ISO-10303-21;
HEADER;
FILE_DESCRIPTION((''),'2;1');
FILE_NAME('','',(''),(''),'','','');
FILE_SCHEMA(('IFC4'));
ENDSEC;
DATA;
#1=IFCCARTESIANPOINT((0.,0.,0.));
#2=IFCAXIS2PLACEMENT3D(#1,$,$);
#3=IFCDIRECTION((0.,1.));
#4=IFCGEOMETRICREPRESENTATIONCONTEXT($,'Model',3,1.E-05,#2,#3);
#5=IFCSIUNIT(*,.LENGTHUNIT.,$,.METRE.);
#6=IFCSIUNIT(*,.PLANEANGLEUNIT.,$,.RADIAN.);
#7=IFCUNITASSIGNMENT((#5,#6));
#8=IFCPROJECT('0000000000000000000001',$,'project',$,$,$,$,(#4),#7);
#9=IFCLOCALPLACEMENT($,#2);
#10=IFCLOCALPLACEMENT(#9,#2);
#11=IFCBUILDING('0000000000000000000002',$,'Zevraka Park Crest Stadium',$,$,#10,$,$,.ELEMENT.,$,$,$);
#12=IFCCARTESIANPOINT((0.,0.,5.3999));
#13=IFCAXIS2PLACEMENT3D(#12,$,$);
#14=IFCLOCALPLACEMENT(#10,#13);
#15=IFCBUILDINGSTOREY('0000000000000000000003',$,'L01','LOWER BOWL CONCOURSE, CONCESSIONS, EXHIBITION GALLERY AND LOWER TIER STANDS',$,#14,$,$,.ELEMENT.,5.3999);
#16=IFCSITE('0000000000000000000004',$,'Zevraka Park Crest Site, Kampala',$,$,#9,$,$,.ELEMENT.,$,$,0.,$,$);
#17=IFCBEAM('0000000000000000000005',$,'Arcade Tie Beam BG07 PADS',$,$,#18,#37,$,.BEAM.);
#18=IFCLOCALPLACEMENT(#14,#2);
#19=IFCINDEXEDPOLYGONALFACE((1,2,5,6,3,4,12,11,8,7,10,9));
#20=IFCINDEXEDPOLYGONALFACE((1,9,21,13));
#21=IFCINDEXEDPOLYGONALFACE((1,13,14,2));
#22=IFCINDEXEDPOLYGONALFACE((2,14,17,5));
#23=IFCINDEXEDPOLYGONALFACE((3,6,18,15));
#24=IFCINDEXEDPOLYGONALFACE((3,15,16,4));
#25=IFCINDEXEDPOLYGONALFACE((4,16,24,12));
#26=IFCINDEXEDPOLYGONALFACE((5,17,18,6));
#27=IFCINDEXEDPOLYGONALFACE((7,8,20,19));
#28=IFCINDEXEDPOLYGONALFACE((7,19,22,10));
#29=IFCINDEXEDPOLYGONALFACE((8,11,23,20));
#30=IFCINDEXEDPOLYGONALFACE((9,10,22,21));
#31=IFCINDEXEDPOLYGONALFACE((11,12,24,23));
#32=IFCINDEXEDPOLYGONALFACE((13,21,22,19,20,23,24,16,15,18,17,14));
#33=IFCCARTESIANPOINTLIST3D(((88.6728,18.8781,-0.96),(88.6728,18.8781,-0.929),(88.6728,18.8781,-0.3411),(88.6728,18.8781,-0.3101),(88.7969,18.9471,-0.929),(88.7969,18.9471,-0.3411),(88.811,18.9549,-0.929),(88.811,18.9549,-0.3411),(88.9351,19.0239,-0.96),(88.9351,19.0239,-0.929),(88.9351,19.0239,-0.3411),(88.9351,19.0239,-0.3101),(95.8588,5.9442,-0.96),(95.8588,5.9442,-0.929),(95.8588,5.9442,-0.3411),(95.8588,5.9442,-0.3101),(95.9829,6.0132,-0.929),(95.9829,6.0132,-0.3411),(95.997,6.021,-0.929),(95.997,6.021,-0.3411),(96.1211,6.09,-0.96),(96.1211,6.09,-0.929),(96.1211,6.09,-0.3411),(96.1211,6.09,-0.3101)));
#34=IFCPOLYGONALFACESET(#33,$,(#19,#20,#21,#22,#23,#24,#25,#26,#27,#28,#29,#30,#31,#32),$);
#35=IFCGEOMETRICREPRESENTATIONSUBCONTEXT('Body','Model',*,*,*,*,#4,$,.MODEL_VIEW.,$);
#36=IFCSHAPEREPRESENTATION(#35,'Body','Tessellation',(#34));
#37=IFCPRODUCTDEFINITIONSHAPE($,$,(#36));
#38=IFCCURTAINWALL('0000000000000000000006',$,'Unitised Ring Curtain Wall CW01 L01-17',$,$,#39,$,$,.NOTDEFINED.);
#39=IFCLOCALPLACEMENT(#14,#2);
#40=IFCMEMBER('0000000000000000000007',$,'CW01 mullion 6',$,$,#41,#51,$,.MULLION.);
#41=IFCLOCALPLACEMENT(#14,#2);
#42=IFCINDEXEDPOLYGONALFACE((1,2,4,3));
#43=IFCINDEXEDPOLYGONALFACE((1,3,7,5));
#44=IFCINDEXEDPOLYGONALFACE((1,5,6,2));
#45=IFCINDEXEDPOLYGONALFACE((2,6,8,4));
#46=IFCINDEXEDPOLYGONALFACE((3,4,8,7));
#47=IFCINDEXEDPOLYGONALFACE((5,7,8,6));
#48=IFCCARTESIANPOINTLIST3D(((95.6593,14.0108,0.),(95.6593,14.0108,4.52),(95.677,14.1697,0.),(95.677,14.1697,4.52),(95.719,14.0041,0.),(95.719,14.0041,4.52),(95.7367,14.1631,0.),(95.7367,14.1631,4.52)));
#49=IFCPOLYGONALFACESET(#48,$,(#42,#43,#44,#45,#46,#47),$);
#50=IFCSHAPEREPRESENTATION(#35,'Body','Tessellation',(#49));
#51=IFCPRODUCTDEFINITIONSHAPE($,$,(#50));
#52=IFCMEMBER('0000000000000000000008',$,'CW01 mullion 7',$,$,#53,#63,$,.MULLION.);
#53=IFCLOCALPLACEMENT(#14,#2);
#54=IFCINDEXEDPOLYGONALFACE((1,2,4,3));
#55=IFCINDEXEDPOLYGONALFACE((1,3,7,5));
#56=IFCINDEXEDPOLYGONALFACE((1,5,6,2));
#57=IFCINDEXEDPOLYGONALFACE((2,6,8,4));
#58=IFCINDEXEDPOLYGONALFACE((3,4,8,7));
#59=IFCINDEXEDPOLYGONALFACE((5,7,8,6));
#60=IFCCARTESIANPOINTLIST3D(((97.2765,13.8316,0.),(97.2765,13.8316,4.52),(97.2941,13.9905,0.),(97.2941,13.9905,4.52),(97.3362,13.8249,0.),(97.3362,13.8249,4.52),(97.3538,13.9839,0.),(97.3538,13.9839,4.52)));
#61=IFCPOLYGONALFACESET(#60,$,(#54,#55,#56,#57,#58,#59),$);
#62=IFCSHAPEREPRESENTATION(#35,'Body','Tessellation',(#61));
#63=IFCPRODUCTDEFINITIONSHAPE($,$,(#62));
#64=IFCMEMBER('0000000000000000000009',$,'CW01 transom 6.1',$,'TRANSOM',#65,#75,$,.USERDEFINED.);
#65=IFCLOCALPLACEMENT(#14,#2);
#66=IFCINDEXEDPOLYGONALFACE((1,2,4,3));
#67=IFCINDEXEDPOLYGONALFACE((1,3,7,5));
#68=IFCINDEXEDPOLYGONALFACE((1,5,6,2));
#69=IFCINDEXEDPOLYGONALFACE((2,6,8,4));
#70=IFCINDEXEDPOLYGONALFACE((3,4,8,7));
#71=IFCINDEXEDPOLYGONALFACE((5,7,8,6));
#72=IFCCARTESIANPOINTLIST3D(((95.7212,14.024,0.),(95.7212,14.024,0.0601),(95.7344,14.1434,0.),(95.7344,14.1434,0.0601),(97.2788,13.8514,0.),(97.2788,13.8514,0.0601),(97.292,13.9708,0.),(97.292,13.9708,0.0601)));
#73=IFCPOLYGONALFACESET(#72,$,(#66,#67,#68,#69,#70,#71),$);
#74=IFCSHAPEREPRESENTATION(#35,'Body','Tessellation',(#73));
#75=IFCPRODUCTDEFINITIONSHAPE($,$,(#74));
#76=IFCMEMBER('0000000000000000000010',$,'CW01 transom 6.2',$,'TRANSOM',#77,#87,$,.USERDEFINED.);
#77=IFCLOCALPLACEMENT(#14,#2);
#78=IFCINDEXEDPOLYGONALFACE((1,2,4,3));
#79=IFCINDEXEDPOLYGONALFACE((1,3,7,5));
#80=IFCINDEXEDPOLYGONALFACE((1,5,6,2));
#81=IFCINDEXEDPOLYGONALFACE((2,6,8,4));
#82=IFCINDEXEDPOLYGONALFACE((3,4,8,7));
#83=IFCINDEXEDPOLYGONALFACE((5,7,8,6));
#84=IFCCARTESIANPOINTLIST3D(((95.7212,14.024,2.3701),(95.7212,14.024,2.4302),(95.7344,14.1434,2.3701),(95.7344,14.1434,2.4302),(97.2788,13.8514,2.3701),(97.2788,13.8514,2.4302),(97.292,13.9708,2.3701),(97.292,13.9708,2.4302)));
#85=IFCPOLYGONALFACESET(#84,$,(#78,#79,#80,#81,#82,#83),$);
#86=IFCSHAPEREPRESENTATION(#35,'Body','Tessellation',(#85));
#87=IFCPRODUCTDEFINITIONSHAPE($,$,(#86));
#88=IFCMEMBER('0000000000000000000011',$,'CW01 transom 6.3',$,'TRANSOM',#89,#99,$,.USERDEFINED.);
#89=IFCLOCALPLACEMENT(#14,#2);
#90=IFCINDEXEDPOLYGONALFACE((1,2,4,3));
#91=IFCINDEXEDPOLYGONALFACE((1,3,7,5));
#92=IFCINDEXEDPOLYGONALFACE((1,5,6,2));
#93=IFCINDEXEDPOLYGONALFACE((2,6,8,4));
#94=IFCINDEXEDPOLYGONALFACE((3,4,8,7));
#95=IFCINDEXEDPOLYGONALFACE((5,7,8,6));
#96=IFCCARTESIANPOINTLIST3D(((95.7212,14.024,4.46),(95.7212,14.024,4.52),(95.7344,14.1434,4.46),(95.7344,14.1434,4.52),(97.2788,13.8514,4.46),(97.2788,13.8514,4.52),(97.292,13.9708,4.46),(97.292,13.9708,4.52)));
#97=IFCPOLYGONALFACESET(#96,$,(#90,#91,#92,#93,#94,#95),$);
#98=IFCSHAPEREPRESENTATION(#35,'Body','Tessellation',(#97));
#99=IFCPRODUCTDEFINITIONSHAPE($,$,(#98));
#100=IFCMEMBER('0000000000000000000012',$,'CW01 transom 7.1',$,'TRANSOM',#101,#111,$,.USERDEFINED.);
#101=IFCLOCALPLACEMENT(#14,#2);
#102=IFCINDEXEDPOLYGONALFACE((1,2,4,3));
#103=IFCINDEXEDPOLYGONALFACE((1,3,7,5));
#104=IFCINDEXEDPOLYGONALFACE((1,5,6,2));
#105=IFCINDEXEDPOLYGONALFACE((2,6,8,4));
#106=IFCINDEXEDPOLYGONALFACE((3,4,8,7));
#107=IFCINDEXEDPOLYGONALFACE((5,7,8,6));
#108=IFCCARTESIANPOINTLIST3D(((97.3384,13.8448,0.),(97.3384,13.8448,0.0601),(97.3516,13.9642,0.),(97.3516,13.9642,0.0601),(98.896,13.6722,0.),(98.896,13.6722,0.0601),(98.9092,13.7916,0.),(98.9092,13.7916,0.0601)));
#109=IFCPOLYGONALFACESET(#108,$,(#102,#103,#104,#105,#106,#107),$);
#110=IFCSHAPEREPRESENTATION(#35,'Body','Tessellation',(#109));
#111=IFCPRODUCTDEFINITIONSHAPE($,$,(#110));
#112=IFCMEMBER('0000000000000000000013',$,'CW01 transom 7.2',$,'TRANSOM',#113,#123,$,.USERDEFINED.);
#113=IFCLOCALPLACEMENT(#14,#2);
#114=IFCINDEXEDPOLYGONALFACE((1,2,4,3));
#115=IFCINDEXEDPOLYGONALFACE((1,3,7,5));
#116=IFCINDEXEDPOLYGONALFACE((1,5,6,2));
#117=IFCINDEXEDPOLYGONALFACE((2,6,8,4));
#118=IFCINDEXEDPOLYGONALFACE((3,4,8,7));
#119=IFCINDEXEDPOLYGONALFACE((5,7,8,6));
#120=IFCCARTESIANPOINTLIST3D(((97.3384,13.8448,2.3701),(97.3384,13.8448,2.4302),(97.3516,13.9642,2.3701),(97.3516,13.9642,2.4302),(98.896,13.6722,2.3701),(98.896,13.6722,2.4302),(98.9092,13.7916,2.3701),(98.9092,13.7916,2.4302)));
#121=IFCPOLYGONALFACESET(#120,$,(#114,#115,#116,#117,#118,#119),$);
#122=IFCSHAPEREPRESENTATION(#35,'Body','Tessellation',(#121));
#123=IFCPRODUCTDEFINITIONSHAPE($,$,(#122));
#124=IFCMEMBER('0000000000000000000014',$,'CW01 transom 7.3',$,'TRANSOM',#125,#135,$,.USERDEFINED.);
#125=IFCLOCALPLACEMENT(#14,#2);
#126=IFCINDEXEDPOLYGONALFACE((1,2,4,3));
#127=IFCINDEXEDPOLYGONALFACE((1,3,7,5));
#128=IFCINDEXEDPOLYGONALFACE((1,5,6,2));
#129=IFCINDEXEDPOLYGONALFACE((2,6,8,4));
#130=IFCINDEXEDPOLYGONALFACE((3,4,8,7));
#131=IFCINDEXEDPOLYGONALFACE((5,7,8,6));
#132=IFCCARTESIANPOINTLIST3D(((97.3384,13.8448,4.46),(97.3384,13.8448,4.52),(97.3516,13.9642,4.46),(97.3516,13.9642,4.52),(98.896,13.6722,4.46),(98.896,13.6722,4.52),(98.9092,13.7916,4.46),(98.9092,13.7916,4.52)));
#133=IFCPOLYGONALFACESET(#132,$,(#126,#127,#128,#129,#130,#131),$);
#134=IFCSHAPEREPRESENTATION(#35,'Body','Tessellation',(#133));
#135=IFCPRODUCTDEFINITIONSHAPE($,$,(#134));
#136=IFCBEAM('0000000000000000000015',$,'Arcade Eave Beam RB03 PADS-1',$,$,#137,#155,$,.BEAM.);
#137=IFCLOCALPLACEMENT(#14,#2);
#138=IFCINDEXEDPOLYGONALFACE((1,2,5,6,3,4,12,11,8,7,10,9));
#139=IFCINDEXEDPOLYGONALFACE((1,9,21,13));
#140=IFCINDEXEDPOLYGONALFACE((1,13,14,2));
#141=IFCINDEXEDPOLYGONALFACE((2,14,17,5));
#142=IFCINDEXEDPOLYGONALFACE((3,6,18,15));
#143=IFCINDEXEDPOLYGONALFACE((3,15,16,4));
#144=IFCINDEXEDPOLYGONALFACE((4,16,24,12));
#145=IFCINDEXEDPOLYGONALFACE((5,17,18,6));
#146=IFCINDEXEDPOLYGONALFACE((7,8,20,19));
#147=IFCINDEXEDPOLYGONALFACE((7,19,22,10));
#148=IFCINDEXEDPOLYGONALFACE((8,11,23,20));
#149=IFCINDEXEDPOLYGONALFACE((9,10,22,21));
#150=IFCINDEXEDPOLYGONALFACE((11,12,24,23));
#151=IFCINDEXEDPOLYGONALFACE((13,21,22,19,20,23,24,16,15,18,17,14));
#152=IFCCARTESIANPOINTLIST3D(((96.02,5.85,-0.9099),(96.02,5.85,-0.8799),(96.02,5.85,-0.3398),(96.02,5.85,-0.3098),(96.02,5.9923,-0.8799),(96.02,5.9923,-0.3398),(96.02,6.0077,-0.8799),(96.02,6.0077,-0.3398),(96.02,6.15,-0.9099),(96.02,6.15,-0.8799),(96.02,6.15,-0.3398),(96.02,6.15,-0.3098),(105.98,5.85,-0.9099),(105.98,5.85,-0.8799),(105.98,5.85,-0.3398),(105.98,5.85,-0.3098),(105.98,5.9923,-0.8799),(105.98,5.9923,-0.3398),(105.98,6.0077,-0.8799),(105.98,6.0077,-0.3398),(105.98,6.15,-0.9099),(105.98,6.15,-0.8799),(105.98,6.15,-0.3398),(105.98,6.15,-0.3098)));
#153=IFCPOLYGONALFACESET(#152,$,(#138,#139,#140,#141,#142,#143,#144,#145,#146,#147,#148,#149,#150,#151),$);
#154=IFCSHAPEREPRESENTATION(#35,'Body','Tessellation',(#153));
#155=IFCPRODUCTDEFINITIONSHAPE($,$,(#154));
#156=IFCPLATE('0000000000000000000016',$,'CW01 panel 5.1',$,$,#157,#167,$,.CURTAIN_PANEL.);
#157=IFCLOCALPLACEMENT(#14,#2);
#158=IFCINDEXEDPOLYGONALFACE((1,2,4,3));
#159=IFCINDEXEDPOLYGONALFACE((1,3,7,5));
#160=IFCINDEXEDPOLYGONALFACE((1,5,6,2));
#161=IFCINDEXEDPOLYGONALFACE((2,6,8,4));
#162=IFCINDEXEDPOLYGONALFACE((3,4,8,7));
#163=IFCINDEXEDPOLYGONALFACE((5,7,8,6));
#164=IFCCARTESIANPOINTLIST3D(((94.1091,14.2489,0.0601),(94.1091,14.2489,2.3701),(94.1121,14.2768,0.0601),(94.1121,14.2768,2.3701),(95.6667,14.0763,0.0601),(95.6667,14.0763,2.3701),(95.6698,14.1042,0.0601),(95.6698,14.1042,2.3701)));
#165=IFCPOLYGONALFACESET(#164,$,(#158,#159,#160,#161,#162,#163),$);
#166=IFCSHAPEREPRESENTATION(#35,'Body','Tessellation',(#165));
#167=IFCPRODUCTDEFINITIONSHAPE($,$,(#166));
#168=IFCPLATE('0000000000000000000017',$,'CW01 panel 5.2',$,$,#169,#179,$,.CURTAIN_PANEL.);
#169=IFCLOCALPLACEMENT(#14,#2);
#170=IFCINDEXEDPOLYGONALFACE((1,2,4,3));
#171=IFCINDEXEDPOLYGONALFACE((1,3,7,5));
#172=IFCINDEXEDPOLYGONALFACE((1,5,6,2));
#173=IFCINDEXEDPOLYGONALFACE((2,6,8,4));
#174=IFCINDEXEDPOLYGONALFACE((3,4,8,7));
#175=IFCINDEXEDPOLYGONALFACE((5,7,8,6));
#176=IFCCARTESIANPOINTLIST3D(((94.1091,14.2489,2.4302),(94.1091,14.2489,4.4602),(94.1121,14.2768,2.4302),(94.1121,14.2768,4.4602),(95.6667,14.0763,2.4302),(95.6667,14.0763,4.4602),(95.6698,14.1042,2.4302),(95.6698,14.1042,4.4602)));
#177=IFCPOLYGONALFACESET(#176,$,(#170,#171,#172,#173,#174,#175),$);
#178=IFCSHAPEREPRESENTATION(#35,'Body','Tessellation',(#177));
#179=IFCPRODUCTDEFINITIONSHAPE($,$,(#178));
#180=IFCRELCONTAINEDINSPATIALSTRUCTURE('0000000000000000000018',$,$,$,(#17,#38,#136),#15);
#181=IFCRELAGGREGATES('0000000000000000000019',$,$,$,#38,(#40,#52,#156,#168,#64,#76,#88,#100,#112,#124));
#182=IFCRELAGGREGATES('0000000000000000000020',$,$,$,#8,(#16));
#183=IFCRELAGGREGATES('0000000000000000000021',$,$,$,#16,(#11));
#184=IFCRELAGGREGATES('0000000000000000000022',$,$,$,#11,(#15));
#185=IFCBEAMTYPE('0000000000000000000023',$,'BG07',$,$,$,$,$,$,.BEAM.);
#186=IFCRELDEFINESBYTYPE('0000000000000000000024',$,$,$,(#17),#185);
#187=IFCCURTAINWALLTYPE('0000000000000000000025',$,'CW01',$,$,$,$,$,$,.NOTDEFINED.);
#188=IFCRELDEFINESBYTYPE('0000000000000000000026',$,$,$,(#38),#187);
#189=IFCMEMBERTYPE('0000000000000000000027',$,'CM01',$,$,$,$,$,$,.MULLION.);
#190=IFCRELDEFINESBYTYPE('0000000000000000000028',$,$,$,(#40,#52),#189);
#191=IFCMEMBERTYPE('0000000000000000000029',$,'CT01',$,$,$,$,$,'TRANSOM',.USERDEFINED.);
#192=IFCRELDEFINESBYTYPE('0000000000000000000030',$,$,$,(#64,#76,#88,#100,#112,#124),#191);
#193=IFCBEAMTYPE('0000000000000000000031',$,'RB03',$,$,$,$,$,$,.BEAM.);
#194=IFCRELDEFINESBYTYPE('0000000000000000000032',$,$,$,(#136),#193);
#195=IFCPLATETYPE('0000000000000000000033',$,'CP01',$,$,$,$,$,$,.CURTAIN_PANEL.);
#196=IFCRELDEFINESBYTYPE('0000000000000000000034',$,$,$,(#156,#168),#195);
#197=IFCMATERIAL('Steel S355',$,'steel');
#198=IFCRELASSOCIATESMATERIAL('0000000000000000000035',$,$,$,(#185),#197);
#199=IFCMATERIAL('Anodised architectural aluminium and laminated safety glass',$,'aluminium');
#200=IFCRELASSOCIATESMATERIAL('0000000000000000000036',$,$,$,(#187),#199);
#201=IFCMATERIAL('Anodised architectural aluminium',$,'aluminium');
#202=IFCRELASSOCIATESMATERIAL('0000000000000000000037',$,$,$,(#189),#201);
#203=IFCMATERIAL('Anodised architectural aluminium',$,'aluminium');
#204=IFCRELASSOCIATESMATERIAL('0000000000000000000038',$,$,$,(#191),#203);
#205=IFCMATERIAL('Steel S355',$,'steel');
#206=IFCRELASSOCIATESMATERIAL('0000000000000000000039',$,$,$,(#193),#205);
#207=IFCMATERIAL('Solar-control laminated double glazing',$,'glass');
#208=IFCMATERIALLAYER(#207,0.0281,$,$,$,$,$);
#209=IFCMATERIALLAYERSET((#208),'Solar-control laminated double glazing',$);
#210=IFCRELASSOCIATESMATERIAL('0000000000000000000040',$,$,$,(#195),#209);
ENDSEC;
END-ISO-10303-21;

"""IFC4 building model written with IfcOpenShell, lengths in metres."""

from ifc_helpers import new_model, si_unit, direction, frame, origin, origin_2d, place, context, subcontext, project, spatial, rectangle, i_section, extrude, material, layer, layer_set, material_profile, profile_set, type_object, element, aggregate, save


model = new_model("IFC4")

# Units and contexts
model_context = context("Model", 3, precision=1e-05, world=origin(), true_north=direction((0.0, 1.0)))
body_context = subcontext(model_context, "Body", "Model", "MODEL_VIEW")
ifc_project = project(units=[si_unit("LENGTHUNIT", "METRE"), si_unit("PLANEANGLEUNIT", "RADIAN")], contexts=[model_context])

# Site, building, storey
site_placement = place(None, origin())
site = spatial("IfcSite", under=ifc_project, at=site_placement, Name="Zevraka Park Crest Site, Kampala", CompositionType="ELEMENT", RefElevation=0.0)
building_placement = place(site_placement, origin())
building = spatial("IfcBuilding", under=site, at=building_placement, Name="Zevraka Park Crest Stadium", CompositionType="ELEMENT")
storey_placement = place(building_placement, frame((0.0, 0.0, 5.3999)))
storey = spatial("IfcBuildingStorey", under=building, at=storey_placement, Name="L01", Description="LOWER BOWL CONCOURSE, CONCESSIONS, EXHIBITION GALLERY AND LOWER TIER STANDS", CompositionType="ELEMENT", Elevation=5.3999)

# Beam
ifc_material_1 = material(Name="Steel S355", Category="steel")
ifc_material_profile_1 = material_profile(ifc_material_1, i_section(OverallWidth=0.3, OverallDepth=0.6499, WebThickness=0.0161, FlangeThickness=0.031, at=origin_2d()), Name="HEB 650")
ifc_profile_set_1 = profile_set([ifc_material_profile_1], Name="Steel S355")
beam_type_1 = type_object("IfcBeamType", Name="BG07", PredefinedType="BEAM", material=ifc_profile_set_1)
beam_1_placement = place(storey_placement, frame((95.99, 6.0171, -0.635), z_axis=(-0.485672, 0.874141, 0.0), x_axis=(-0.874141, -0.485672, 0.0)))
element("IfcBeam", 1, at=beam_1_placement, inside=storey, type_object=beam_type_1, Name="Arcade Tie Beam BG07 PADS", PredefinedType="BEAM", context=body_context, shape_type="SweptSolid", body=[
    extrude(i_section(OverallWidth=0.3, OverallDepth=0.6499, WebThickness=0.0161, FlangeThickness=0.031, at=origin_2d()), origin(), (0.0, 0.0, 1.0), 14.7961),
])

# Curtain wall, members
ifc_material_2 = material(Name="Anodised architectural aluminium and laminated safety glass", Category="aluminium")
curtain_wall_type = type_object("IfcCurtainWallType", Name="CW01", PredefinedType="NOTDEFINED", material=ifc_material_2)
curtain_wall_placement = place(storey_placement, origin())
curtain_wall = element("IfcCurtainWall", 2, at=curtain_wall_placement, inside=storey, type_object=curtain_wall_type, Name="Unitised Ring Curtain Wall CW01 L01-17", PredefinedType="NOTDEFINED")
ifc_material_3 = material(Name="Anodised architectural aluminium", Category="aluminium")
ifc_material_profile_2 = material_profile(ifc_material_3, rectangle(XDim=0.1599, YDim=0.0601, at=origin_2d()), Name="ALU MULLION 160x60")
ifc_profile_set_2 = profile_set([ifc_material_profile_2], Name="Anodised architectural aluminium")
member_type_1 = type_object("IfcMemberType", Name="CM01", PredefinedType="MULLION", material=ifc_profile_set_2)
member_1_placement = place(storey_placement, frame((95.698, 14.0869, 0.0), z_axis=(0.0, 0.0, 1.0), x_axis=(0.110135, 0.993917, 0.0)))
member_1 = element("IfcMember", 3, at=member_1_placement, type_object=member_type_1, Name="CW01 mullion 6", PredefinedType="MULLION", context=body_context, shape_type="SweptSolid", body=[
    extrude(rectangle(XDim=0.1599, YDim=0.0601, at=origin_2d()), origin(), (0.0, 0.0, 1.0), 4.52),
])
member_2_placement = place(storey_placement, frame((97.3152, 13.9077, 0.0), z_axis=(0.0, 0.0, 1.0), x_axis=(0.110135, 0.993917, 0.0)))
member_2 = element("IfcMember", 4, at=member_2_placement, type_object=member_type_1, Name="CW01 mullion 7", PredefinedType="MULLION", context=body_context, shape_type="SweptSolid", body=[
    extrude(rectangle(XDim=0.1599, YDim=0.0601, at=origin_2d()), origin(), (0.0, 0.0, 1.0), 4.52),
])
ifc_material_4 = material(Name="Anodised architectural aluminium", Category="aluminium")
ifc_material_profile_3 = material_profile(ifc_material_4, rectangle(XDim=0.1201, YDim=0.0601, at=origin_2d()), Name="ALU TRANSOM 120x60")
ifc_profile_set_3 = profile_set([ifc_material_profile_3], Name="Anodised architectural aluminium")
member_type_2 = type_object("IfcMemberType", Name="CT01", ElementType="TRANSOM", PredefinedType="USERDEFINED", material=ifc_profile_set_3)
member_3_placement = place(storey_placement, frame((95.7278, 14.0837, 0.03), z_axis=(0.993916, -0.110141, 0.0), x_axis=(0.110141, 0.993916, 0.0)))
member_3 = element("IfcMember", 5, at=member_3_placement, type_object=member_type_2, Name="CW01 transom 6.1", ObjectType="TRANSOM", PredefinedType="USERDEFINED", context=body_context, shape_type="SweptSolid", body=[
    extrude(rectangle(XDim=0.1201, YDim=0.0601, at=origin_2d()), origin(), (0.0, 0.0, 1.0), 1.5671),
])
member_4_placement = place(storey_placement, frame((95.7278, 14.0837, 2.4001), z_axis=(0.993916, -0.110141, 0.0), x_axis=(0.110141, 0.993916, 0.0)))
member_4 = element("IfcMember", 6, at=member_4_placement, type_object=member_type_2, Name="CW01 transom 6.2", ObjectType="TRANSOM", PredefinedType="USERDEFINED", context=body_context, shape_type="SweptSolid", body=[
    extrude(rectangle(XDim=0.1201, YDim=0.0601, at=origin_2d()), origin(), (0.0, 0.0, 1.0), 1.5671),
])
member_5_placement = place(storey_placement, frame((95.7278, 14.0837, 4.49), z_axis=(0.993916, -0.110141, 0.0), x_axis=(0.110141, 0.993916, 0.0)))
member_5 = element("IfcMember", 7, at=member_5_placement, type_object=member_type_2, Name="CW01 transom 6.3", ObjectType="TRANSOM", PredefinedType="USERDEFINED", context=body_context, shape_type="SweptSolid", body=[
    extrude(rectangle(XDim=0.1201, YDim=0.0601, at=origin_2d()), origin(), (0.0, 0.0, 1.0), 1.5671),
])
member_6_placement = place(storey_placement, frame((97.345, 13.9045, 0.03), z_axis=(0.993916, -0.110141, 0.0), x_axis=(0.110141, 0.993916, 0.0)))
member_6 = element("IfcMember", 8, at=member_6_placement, type_object=member_type_2, Name="CW01 transom 7.1", ObjectType="TRANSOM", PredefinedType="USERDEFINED", context=body_context, shape_type="SweptSolid", body=[
    extrude(rectangle(XDim=0.1201, YDim=0.0601, at=origin_2d()), origin(), (0.0, 0.0, 1.0), 1.5671),
])
member_7_placement = place(storey_placement, frame((97.345, 13.9045, 2.4001), z_axis=(0.993916, -0.110141, 0.0), x_axis=(0.110141, 0.993916, 0.0)))
member_7 = element("IfcMember", 9, at=member_7_placement, type_object=member_type_2, Name="CW01 transom 7.2", ObjectType="TRANSOM", PredefinedType="USERDEFINED", context=body_context, shape_type="SweptSolid", body=[
    extrude(rectangle(XDim=0.1201, YDim=0.0601, at=origin_2d()), origin(), (0.0, 0.0, 1.0), 1.5671),
])
member_8_placement = place(storey_placement, frame((97.345, 13.9045, 4.49), z_axis=(0.993916, -0.110141, 0.0), x_axis=(0.110141, 0.993916, 0.0)))
member_8 = element("IfcMember", 10, at=member_8_placement, type_object=member_type_2, Name="CW01 transom 7.3", ObjectType="TRANSOM", PredefinedType="USERDEFINED", context=body_context, shape_type="SweptSolid", body=[
    extrude(rectangle(XDim=0.1201, YDim=0.0601, at=origin_2d()), origin(), (0.0, 0.0, 1.0), 1.5671),
])

# Beam
ifc_material_5 = material(Name="Steel S355", Category="steel")
ifc_material_profile_4 = material_profile(ifc_material_5, i_section(OverallWidth=0.3, OverallDepth=0.6001, WebThickness=0.0154, FlangeThickness=0.03, at=origin_2d()), Name="HEB 600")
ifc_profile_set_4 = profile_set([ifc_material_profile_4], Name="Steel S355")
beam_type_2 = type_object("IfcBeamType", Name="RB03", PredefinedType="BEAM", material=ifc_profile_set_4)
beam_2_placement = place(storey_placement, frame((96.02, 6.0, -0.6099), z_axis=(1.0, 0.0, 0.0), x_axis=(0.0, 1.0, 0.0)))
element("IfcBeam", 11, at=beam_2_placement, inside=storey, type_object=beam_type_2, Name="Arcade Eave Beam RB03 PADS-1", PredefinedType="BEAM", context=body_context, shape_type="SweptSolid", body=[
    extrude(i_section(OverallWidth=0.3, OverallDepth=0.6001, WebThickness=0.0154, FlangeThickness=0.03, at=origin_2d()), origin(), (0.0, 0.0, 1.0), 9.96),
])

# Plates
ifc_material_6 = material(Name="Solar-control laminated double glazing", Category="glass")
ifc_layer_1 = layer(ifc_material_6, 0.0281)
ifc_layer_set_1 = layer_set([ifc_layer_1], Name="Solar-control laminated double glazing")
plate_type = type_object("IfcPlateType", Name="CP01", PredefinedType="CURTAIN_PANEL", material=ifc_layer_set_1)
plate_1_placement = place(storey_placement, frame((94.8894, 14.1765, 0.0601), z_axis=(0.0, 0.0, 1.0), x_axis=(0.993917, -0.110135, 0.0)))
plate_1 = element("IfcPlate", 12, at=plate_1_placement, type_object=plate_type, Name="CW01 panel 5.1", PredefinedType="CURTAIN_PANEL", context=body_context, shape_type="SweptSolid", body=[
    extrude(rectangle(XDim=1.5671, YDim=0.0281, at=origin_2d()), origin(), (0.0, 0.0, 1.0), 2.3101),
])
plate_2_placement = place(storey_placement, frame((94.8894, 14.1765, 2.4302), z_axis=(0.0, 0.0, 1.0), x_axis=(0.993917, -0.110135, 0.0)))
plate_2 = element("IfcPlate", 13, at=plate_2_placement, type_object=plate_type, Name="CW01 panel 5.2", PredefinedType="CURTAIN_PANEL", context=body_context, shape_type="SweptSolid", body=[
    extrude(rectangle(XDim=1.5671, YDim=0.0281, at=origin_2d()), origin(), (0.0, 0.0, 1.0), 2.03),
])
aggregate(curtain_wall, [member_1, member_2, plate_1, plate_2, member_3, member_4, member_5, member_6, member_7, member_8])

save(model, "model.ifc")
